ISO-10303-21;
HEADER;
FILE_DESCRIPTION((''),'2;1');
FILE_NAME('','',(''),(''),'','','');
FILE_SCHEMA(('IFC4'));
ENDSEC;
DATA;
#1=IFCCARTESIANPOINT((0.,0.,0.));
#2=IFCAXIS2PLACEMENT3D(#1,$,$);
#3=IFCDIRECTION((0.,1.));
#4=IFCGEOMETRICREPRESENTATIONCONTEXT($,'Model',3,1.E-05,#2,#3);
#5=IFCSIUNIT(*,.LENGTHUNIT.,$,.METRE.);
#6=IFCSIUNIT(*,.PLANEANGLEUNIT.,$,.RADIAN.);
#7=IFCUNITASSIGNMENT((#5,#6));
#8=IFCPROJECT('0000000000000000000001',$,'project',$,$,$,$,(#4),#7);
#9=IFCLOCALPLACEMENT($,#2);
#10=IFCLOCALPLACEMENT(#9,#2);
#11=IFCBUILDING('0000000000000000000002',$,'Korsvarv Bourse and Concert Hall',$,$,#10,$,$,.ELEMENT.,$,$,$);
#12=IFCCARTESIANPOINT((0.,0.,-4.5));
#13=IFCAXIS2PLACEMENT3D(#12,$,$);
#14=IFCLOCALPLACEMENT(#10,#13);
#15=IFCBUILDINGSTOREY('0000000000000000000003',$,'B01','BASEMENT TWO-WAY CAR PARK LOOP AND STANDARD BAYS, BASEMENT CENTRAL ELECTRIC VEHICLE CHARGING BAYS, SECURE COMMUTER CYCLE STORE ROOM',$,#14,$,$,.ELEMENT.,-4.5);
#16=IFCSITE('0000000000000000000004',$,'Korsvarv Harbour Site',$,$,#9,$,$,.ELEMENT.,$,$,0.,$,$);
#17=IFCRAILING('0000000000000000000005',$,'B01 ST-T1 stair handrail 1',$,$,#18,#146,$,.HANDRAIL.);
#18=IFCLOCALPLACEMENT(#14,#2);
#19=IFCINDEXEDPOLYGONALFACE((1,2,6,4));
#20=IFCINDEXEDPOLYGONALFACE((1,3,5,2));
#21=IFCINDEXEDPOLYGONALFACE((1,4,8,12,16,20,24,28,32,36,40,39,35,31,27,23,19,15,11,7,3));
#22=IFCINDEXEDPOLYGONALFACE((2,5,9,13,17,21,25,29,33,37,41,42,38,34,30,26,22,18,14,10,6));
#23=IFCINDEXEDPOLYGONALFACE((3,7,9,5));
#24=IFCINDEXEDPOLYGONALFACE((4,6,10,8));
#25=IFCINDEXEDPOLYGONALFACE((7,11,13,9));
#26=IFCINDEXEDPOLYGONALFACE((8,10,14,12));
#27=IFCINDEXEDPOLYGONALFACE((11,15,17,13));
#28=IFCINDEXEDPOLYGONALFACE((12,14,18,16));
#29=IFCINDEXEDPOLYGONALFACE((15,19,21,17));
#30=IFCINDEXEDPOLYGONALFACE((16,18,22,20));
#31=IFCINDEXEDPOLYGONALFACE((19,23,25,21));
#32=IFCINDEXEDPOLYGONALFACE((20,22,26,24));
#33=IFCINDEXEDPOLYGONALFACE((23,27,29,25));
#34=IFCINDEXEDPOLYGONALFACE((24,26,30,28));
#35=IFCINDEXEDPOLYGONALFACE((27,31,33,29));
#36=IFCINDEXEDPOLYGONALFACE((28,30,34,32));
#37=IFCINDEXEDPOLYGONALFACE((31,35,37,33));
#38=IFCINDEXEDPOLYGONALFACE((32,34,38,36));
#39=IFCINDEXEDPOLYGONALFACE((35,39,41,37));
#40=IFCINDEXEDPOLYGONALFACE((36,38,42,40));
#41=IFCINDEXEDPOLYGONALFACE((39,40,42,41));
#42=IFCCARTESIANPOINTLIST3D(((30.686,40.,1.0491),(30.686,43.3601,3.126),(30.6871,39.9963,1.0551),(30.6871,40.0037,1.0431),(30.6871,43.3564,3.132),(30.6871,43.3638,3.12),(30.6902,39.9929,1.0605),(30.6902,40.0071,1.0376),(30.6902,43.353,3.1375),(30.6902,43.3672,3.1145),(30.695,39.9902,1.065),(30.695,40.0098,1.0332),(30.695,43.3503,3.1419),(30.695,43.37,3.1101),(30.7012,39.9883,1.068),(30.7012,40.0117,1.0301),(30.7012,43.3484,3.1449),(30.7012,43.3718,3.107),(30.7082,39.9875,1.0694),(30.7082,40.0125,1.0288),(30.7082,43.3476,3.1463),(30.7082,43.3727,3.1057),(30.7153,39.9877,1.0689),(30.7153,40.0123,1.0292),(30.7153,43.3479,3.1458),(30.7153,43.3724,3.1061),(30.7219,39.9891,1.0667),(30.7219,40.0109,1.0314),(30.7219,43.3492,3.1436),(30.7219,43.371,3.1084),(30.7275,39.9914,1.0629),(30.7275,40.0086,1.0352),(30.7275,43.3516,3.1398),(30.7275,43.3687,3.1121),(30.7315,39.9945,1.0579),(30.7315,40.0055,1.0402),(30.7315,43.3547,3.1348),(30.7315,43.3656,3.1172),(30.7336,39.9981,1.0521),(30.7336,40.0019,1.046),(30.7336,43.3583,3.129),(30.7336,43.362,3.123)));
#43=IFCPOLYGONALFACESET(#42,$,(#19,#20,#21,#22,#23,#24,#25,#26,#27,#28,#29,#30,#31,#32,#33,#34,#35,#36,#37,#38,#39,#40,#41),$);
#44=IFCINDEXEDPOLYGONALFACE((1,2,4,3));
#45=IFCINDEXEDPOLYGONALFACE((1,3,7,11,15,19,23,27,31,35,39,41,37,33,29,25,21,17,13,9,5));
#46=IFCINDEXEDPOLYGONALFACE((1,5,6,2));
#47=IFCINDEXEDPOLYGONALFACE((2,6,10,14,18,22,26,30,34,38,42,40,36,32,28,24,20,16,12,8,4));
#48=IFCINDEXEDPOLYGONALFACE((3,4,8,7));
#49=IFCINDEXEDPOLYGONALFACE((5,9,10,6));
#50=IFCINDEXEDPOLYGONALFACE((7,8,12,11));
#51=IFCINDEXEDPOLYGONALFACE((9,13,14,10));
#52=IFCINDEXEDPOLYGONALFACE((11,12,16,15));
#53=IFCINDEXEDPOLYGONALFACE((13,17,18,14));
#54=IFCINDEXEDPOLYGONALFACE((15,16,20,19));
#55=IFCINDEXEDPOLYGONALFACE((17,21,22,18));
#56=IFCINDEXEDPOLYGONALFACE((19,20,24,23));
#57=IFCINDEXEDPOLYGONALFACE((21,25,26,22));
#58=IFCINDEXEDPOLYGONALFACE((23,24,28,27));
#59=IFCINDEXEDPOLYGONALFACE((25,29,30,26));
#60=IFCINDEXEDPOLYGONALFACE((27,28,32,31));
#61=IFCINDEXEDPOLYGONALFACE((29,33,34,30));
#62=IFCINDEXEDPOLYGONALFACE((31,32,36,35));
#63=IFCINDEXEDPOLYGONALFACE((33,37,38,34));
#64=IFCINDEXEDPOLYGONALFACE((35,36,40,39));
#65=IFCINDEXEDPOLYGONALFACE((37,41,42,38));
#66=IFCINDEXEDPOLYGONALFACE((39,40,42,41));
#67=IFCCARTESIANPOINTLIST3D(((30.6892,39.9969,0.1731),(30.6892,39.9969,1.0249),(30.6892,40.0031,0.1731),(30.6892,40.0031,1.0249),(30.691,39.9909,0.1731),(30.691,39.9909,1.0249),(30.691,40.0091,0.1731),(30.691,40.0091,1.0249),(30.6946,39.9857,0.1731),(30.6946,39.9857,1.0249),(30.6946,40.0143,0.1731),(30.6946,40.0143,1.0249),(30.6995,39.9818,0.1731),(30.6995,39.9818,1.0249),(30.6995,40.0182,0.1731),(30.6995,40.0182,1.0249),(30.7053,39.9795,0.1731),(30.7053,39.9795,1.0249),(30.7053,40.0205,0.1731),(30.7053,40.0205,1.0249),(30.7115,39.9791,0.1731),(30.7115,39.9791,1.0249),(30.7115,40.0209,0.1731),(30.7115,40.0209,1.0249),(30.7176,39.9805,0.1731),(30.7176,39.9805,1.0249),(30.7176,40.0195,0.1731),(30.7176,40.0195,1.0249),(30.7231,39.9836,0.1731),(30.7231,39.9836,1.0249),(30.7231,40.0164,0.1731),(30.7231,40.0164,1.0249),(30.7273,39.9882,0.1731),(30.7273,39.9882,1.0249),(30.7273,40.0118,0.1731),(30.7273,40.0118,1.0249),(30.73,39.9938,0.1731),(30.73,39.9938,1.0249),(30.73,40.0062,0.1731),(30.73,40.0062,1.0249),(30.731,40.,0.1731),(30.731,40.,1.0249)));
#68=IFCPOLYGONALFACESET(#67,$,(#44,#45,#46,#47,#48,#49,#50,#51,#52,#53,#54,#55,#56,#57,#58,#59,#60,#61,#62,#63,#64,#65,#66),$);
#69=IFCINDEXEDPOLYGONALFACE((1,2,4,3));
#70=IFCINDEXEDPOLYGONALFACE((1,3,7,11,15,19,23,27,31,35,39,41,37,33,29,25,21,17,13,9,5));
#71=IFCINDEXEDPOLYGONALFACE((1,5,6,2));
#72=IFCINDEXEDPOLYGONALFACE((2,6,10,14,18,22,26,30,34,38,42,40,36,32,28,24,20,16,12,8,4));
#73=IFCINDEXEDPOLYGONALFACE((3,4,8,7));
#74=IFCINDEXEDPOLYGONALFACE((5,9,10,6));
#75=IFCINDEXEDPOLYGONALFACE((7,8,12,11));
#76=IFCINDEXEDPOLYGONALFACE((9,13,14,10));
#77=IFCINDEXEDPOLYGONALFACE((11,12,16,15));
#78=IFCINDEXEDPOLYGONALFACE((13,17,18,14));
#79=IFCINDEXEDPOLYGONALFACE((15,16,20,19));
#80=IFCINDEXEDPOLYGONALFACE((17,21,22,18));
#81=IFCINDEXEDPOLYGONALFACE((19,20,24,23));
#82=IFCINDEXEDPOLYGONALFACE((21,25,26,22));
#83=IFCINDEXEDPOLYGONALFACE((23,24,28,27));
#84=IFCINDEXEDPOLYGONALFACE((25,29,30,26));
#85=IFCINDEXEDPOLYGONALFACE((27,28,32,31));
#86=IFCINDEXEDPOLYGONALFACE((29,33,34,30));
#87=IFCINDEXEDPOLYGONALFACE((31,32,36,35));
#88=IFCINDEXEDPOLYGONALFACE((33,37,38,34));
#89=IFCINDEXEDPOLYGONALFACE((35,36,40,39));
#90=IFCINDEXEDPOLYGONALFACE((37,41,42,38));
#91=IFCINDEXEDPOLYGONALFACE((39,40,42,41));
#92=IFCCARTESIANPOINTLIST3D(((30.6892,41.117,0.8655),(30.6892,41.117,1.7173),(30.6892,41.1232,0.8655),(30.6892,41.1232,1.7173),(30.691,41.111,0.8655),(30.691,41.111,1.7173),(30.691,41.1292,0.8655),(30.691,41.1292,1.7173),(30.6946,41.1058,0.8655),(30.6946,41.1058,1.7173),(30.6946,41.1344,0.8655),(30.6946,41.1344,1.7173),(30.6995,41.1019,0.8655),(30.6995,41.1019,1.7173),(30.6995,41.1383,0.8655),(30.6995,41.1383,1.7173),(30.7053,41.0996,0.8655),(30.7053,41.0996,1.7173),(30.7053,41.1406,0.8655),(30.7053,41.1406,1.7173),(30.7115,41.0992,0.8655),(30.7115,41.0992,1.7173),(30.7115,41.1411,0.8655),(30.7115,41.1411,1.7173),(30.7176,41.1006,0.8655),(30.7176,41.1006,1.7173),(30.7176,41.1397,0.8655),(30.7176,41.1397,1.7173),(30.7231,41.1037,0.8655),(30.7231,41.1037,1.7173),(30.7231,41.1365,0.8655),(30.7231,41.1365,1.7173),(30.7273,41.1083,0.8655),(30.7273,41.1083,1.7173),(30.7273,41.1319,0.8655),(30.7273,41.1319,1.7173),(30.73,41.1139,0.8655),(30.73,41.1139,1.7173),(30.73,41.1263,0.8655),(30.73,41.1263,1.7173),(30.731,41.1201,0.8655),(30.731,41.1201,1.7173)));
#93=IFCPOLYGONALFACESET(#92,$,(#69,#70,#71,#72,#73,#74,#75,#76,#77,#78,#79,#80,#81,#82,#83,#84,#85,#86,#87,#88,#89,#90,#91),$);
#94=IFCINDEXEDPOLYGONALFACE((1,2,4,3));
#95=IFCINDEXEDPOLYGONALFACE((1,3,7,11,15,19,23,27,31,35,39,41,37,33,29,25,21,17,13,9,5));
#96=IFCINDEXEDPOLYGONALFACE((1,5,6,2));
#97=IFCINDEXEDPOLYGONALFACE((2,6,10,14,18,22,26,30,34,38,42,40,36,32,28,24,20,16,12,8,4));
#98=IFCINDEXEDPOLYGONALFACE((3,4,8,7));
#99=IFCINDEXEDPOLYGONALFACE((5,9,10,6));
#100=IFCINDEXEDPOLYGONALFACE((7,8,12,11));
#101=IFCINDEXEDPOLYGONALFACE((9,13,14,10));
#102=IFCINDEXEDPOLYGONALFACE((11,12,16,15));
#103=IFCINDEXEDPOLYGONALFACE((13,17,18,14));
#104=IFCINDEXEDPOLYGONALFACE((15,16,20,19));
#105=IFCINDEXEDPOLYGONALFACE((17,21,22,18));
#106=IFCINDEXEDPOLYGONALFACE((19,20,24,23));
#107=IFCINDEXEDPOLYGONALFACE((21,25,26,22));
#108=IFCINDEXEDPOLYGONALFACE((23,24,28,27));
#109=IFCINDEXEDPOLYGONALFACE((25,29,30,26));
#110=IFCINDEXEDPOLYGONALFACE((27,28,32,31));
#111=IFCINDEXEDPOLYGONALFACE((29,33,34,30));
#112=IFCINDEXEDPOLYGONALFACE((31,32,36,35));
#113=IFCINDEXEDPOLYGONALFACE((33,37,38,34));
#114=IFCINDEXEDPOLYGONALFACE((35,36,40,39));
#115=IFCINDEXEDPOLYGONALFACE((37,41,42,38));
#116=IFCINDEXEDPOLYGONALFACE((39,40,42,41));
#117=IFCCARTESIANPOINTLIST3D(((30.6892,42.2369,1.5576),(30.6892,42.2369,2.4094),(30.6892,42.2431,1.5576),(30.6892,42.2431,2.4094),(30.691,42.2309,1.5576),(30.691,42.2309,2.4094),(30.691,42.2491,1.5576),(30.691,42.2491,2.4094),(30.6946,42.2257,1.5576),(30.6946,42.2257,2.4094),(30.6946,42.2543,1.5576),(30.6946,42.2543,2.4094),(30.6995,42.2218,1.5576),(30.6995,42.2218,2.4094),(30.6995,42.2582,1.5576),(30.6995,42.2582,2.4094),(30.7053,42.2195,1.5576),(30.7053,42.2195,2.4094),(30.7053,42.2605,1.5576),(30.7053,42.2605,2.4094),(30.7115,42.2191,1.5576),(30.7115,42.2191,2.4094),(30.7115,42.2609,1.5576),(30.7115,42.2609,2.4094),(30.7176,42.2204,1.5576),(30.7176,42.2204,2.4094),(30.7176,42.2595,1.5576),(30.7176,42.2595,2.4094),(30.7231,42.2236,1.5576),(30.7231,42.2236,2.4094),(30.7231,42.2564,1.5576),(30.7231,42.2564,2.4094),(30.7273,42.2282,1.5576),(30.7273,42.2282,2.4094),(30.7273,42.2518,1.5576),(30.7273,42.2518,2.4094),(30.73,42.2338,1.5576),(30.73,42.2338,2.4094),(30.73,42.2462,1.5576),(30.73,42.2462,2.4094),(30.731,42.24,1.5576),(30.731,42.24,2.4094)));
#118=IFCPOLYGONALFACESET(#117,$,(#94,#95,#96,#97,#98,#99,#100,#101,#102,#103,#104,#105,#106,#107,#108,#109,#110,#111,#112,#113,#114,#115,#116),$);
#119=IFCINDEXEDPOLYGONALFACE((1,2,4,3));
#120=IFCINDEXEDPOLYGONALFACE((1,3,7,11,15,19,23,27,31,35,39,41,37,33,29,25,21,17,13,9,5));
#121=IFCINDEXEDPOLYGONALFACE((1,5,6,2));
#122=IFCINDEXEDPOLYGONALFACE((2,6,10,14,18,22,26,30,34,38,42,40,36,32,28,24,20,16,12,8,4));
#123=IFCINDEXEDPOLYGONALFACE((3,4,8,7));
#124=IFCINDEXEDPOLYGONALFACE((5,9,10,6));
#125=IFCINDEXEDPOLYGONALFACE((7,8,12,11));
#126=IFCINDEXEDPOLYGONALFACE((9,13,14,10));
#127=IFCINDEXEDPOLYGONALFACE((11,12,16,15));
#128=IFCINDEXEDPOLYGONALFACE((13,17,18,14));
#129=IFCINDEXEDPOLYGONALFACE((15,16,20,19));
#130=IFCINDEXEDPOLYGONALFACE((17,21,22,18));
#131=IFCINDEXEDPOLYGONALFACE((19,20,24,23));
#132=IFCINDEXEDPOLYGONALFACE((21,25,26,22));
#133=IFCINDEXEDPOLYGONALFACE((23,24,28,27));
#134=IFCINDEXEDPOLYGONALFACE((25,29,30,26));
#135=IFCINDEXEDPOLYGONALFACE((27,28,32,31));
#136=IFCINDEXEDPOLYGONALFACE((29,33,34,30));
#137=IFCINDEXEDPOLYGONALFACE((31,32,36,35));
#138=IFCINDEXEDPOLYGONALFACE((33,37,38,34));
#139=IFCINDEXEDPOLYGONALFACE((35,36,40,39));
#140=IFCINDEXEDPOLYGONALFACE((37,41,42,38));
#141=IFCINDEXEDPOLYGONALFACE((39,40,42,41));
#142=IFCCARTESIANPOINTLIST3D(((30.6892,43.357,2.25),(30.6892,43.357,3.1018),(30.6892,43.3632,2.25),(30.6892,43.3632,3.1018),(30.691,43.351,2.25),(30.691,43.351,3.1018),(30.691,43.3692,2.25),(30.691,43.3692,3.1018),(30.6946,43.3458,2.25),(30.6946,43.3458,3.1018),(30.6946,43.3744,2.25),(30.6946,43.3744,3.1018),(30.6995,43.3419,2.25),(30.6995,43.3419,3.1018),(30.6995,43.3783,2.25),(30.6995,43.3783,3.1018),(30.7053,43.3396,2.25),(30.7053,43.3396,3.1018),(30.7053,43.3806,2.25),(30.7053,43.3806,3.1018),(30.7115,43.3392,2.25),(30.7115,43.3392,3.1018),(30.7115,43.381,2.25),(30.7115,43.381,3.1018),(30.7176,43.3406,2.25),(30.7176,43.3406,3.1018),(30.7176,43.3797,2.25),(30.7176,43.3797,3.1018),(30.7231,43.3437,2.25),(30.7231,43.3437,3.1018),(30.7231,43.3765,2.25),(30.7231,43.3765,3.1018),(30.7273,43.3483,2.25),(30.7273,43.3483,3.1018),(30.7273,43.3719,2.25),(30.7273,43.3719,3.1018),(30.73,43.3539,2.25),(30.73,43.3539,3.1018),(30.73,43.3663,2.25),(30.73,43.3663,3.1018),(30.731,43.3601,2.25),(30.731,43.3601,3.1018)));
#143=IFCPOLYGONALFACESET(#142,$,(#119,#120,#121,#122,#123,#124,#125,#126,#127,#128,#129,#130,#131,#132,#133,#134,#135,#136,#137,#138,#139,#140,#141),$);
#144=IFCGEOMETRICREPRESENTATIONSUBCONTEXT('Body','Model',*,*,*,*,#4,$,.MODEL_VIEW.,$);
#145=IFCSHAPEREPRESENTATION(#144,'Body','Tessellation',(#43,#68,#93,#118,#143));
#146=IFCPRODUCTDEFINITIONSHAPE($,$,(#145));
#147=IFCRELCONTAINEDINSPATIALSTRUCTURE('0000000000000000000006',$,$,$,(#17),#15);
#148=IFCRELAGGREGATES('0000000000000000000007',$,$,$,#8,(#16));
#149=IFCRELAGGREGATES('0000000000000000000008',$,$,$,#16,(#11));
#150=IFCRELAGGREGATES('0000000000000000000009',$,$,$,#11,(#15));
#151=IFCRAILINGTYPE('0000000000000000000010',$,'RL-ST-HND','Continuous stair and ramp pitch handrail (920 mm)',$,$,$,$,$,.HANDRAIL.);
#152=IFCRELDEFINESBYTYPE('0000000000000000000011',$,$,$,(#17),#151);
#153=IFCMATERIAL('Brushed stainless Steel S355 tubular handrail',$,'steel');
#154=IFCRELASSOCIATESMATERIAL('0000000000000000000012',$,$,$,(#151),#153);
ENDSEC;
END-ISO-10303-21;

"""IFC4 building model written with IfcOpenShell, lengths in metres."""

from ifc_helpers import new_model, si_unit, direction, frame, origin, origin_2d, place, context, subcontext, project, spatial, circle, extrude, material, type_object, element, save


model = new_model("IFC4")

# Units and contexts
model_context = context("Model", 3, precision=1e-05, world=origin(), true_north=direction((0.0, 1.0)))
body_context = subcontext(model_context, "Body", "Model", "MODEL_VIEW")
ifc_project = project(units=[si_unit("LENGTHUNIT", "METRE"), si_unit("PLANEANGLEUNIT", "RADIAN")], contexts=[model_context])

# Site, building, storey
site_placement = place(None, origin())
site = spatial("IfcSite", under=ifc_project, at=site_placement, Name="Korsvarv Harbour Site", CompositionType="ELEMENT", RefElevation=0.0)
building_placement = place(site_placement, origin())
building = spatial("IfcBuilding", under=site, at=building_placement, Name="Korsvarv Bourse and Concert Hall", CompositionType="ELEMENT")
storey_placement = place(building_placement, frame((0.0, 0.0, -4.5)))
storey = spatial("IfcBuildingStorey", under=building, at=storey_placement, Name="B01", Description="BASEMENT TWO-WAY CAR PARK LOOP AND STANDARD BAYS, BASEMENT CENTRAL ELECTRIC VEHICLE CHARGING BAYS, SECURE COMMUTER CYCLE STORE ROOM", CompositionType="ELEMENT", Elevation=-4.5)

# Railing
ifc_material_1 = material(Name="Brushed stainless Steel S355 tubular handrail", Category="steel")
railing_type_1 = type_object("IfcRailingType", Name="RL-ST-HND", Description="Continuous stair and ramp pitch handrail (920 mm)", PredefinedType="HANDRAIL", material=ifc_material_1)
railing_1_placement = place(storey_placement, frame((30.71, 40.0, 0.1731)))
element("IfcRailing", 1, at=railing_1_placement, inside=storey, type_object=railing_type_1, Name="B01 ST-T1 stair handrail 1", PredefinedType="HANDRAIL", context=body_context, shape_type="SweptSolid", body=[
    extrude(circle(Radius=0.0239, at=origin_2d()), frame((0.0, 0.0, 0.876), z_axis=(0.0, 0.850623, 0.525776), x_axis=(-1.0, 0.0, 0.0)), (0.0, 0.0, 1.0), 3.9502),
    extrude(circle(Radius=0.021, at=origin_2d()), origin(), (0.0, 0.0, 1.0), 0.8518),
    extrude(circle(Radius=0.021, at=origin_2d()), frame((0.0, 1.1201, 0.6924)), (0.0, 0.0, 1.0), 0.8518),
    extrude(circle(Radius=0.021, at=origin_2d()), frame((0.0, 2.24, 1.3845)), (0.0, 0.0, 1.0), 0.8518),
    extrude(circle(Radius=0.021, at=origin_2d()), frame((0.0, 3.3601, 2.0769)), (0.0, 0.0, 1.0), 0.8518),
])

save(model, "model.ifc")
